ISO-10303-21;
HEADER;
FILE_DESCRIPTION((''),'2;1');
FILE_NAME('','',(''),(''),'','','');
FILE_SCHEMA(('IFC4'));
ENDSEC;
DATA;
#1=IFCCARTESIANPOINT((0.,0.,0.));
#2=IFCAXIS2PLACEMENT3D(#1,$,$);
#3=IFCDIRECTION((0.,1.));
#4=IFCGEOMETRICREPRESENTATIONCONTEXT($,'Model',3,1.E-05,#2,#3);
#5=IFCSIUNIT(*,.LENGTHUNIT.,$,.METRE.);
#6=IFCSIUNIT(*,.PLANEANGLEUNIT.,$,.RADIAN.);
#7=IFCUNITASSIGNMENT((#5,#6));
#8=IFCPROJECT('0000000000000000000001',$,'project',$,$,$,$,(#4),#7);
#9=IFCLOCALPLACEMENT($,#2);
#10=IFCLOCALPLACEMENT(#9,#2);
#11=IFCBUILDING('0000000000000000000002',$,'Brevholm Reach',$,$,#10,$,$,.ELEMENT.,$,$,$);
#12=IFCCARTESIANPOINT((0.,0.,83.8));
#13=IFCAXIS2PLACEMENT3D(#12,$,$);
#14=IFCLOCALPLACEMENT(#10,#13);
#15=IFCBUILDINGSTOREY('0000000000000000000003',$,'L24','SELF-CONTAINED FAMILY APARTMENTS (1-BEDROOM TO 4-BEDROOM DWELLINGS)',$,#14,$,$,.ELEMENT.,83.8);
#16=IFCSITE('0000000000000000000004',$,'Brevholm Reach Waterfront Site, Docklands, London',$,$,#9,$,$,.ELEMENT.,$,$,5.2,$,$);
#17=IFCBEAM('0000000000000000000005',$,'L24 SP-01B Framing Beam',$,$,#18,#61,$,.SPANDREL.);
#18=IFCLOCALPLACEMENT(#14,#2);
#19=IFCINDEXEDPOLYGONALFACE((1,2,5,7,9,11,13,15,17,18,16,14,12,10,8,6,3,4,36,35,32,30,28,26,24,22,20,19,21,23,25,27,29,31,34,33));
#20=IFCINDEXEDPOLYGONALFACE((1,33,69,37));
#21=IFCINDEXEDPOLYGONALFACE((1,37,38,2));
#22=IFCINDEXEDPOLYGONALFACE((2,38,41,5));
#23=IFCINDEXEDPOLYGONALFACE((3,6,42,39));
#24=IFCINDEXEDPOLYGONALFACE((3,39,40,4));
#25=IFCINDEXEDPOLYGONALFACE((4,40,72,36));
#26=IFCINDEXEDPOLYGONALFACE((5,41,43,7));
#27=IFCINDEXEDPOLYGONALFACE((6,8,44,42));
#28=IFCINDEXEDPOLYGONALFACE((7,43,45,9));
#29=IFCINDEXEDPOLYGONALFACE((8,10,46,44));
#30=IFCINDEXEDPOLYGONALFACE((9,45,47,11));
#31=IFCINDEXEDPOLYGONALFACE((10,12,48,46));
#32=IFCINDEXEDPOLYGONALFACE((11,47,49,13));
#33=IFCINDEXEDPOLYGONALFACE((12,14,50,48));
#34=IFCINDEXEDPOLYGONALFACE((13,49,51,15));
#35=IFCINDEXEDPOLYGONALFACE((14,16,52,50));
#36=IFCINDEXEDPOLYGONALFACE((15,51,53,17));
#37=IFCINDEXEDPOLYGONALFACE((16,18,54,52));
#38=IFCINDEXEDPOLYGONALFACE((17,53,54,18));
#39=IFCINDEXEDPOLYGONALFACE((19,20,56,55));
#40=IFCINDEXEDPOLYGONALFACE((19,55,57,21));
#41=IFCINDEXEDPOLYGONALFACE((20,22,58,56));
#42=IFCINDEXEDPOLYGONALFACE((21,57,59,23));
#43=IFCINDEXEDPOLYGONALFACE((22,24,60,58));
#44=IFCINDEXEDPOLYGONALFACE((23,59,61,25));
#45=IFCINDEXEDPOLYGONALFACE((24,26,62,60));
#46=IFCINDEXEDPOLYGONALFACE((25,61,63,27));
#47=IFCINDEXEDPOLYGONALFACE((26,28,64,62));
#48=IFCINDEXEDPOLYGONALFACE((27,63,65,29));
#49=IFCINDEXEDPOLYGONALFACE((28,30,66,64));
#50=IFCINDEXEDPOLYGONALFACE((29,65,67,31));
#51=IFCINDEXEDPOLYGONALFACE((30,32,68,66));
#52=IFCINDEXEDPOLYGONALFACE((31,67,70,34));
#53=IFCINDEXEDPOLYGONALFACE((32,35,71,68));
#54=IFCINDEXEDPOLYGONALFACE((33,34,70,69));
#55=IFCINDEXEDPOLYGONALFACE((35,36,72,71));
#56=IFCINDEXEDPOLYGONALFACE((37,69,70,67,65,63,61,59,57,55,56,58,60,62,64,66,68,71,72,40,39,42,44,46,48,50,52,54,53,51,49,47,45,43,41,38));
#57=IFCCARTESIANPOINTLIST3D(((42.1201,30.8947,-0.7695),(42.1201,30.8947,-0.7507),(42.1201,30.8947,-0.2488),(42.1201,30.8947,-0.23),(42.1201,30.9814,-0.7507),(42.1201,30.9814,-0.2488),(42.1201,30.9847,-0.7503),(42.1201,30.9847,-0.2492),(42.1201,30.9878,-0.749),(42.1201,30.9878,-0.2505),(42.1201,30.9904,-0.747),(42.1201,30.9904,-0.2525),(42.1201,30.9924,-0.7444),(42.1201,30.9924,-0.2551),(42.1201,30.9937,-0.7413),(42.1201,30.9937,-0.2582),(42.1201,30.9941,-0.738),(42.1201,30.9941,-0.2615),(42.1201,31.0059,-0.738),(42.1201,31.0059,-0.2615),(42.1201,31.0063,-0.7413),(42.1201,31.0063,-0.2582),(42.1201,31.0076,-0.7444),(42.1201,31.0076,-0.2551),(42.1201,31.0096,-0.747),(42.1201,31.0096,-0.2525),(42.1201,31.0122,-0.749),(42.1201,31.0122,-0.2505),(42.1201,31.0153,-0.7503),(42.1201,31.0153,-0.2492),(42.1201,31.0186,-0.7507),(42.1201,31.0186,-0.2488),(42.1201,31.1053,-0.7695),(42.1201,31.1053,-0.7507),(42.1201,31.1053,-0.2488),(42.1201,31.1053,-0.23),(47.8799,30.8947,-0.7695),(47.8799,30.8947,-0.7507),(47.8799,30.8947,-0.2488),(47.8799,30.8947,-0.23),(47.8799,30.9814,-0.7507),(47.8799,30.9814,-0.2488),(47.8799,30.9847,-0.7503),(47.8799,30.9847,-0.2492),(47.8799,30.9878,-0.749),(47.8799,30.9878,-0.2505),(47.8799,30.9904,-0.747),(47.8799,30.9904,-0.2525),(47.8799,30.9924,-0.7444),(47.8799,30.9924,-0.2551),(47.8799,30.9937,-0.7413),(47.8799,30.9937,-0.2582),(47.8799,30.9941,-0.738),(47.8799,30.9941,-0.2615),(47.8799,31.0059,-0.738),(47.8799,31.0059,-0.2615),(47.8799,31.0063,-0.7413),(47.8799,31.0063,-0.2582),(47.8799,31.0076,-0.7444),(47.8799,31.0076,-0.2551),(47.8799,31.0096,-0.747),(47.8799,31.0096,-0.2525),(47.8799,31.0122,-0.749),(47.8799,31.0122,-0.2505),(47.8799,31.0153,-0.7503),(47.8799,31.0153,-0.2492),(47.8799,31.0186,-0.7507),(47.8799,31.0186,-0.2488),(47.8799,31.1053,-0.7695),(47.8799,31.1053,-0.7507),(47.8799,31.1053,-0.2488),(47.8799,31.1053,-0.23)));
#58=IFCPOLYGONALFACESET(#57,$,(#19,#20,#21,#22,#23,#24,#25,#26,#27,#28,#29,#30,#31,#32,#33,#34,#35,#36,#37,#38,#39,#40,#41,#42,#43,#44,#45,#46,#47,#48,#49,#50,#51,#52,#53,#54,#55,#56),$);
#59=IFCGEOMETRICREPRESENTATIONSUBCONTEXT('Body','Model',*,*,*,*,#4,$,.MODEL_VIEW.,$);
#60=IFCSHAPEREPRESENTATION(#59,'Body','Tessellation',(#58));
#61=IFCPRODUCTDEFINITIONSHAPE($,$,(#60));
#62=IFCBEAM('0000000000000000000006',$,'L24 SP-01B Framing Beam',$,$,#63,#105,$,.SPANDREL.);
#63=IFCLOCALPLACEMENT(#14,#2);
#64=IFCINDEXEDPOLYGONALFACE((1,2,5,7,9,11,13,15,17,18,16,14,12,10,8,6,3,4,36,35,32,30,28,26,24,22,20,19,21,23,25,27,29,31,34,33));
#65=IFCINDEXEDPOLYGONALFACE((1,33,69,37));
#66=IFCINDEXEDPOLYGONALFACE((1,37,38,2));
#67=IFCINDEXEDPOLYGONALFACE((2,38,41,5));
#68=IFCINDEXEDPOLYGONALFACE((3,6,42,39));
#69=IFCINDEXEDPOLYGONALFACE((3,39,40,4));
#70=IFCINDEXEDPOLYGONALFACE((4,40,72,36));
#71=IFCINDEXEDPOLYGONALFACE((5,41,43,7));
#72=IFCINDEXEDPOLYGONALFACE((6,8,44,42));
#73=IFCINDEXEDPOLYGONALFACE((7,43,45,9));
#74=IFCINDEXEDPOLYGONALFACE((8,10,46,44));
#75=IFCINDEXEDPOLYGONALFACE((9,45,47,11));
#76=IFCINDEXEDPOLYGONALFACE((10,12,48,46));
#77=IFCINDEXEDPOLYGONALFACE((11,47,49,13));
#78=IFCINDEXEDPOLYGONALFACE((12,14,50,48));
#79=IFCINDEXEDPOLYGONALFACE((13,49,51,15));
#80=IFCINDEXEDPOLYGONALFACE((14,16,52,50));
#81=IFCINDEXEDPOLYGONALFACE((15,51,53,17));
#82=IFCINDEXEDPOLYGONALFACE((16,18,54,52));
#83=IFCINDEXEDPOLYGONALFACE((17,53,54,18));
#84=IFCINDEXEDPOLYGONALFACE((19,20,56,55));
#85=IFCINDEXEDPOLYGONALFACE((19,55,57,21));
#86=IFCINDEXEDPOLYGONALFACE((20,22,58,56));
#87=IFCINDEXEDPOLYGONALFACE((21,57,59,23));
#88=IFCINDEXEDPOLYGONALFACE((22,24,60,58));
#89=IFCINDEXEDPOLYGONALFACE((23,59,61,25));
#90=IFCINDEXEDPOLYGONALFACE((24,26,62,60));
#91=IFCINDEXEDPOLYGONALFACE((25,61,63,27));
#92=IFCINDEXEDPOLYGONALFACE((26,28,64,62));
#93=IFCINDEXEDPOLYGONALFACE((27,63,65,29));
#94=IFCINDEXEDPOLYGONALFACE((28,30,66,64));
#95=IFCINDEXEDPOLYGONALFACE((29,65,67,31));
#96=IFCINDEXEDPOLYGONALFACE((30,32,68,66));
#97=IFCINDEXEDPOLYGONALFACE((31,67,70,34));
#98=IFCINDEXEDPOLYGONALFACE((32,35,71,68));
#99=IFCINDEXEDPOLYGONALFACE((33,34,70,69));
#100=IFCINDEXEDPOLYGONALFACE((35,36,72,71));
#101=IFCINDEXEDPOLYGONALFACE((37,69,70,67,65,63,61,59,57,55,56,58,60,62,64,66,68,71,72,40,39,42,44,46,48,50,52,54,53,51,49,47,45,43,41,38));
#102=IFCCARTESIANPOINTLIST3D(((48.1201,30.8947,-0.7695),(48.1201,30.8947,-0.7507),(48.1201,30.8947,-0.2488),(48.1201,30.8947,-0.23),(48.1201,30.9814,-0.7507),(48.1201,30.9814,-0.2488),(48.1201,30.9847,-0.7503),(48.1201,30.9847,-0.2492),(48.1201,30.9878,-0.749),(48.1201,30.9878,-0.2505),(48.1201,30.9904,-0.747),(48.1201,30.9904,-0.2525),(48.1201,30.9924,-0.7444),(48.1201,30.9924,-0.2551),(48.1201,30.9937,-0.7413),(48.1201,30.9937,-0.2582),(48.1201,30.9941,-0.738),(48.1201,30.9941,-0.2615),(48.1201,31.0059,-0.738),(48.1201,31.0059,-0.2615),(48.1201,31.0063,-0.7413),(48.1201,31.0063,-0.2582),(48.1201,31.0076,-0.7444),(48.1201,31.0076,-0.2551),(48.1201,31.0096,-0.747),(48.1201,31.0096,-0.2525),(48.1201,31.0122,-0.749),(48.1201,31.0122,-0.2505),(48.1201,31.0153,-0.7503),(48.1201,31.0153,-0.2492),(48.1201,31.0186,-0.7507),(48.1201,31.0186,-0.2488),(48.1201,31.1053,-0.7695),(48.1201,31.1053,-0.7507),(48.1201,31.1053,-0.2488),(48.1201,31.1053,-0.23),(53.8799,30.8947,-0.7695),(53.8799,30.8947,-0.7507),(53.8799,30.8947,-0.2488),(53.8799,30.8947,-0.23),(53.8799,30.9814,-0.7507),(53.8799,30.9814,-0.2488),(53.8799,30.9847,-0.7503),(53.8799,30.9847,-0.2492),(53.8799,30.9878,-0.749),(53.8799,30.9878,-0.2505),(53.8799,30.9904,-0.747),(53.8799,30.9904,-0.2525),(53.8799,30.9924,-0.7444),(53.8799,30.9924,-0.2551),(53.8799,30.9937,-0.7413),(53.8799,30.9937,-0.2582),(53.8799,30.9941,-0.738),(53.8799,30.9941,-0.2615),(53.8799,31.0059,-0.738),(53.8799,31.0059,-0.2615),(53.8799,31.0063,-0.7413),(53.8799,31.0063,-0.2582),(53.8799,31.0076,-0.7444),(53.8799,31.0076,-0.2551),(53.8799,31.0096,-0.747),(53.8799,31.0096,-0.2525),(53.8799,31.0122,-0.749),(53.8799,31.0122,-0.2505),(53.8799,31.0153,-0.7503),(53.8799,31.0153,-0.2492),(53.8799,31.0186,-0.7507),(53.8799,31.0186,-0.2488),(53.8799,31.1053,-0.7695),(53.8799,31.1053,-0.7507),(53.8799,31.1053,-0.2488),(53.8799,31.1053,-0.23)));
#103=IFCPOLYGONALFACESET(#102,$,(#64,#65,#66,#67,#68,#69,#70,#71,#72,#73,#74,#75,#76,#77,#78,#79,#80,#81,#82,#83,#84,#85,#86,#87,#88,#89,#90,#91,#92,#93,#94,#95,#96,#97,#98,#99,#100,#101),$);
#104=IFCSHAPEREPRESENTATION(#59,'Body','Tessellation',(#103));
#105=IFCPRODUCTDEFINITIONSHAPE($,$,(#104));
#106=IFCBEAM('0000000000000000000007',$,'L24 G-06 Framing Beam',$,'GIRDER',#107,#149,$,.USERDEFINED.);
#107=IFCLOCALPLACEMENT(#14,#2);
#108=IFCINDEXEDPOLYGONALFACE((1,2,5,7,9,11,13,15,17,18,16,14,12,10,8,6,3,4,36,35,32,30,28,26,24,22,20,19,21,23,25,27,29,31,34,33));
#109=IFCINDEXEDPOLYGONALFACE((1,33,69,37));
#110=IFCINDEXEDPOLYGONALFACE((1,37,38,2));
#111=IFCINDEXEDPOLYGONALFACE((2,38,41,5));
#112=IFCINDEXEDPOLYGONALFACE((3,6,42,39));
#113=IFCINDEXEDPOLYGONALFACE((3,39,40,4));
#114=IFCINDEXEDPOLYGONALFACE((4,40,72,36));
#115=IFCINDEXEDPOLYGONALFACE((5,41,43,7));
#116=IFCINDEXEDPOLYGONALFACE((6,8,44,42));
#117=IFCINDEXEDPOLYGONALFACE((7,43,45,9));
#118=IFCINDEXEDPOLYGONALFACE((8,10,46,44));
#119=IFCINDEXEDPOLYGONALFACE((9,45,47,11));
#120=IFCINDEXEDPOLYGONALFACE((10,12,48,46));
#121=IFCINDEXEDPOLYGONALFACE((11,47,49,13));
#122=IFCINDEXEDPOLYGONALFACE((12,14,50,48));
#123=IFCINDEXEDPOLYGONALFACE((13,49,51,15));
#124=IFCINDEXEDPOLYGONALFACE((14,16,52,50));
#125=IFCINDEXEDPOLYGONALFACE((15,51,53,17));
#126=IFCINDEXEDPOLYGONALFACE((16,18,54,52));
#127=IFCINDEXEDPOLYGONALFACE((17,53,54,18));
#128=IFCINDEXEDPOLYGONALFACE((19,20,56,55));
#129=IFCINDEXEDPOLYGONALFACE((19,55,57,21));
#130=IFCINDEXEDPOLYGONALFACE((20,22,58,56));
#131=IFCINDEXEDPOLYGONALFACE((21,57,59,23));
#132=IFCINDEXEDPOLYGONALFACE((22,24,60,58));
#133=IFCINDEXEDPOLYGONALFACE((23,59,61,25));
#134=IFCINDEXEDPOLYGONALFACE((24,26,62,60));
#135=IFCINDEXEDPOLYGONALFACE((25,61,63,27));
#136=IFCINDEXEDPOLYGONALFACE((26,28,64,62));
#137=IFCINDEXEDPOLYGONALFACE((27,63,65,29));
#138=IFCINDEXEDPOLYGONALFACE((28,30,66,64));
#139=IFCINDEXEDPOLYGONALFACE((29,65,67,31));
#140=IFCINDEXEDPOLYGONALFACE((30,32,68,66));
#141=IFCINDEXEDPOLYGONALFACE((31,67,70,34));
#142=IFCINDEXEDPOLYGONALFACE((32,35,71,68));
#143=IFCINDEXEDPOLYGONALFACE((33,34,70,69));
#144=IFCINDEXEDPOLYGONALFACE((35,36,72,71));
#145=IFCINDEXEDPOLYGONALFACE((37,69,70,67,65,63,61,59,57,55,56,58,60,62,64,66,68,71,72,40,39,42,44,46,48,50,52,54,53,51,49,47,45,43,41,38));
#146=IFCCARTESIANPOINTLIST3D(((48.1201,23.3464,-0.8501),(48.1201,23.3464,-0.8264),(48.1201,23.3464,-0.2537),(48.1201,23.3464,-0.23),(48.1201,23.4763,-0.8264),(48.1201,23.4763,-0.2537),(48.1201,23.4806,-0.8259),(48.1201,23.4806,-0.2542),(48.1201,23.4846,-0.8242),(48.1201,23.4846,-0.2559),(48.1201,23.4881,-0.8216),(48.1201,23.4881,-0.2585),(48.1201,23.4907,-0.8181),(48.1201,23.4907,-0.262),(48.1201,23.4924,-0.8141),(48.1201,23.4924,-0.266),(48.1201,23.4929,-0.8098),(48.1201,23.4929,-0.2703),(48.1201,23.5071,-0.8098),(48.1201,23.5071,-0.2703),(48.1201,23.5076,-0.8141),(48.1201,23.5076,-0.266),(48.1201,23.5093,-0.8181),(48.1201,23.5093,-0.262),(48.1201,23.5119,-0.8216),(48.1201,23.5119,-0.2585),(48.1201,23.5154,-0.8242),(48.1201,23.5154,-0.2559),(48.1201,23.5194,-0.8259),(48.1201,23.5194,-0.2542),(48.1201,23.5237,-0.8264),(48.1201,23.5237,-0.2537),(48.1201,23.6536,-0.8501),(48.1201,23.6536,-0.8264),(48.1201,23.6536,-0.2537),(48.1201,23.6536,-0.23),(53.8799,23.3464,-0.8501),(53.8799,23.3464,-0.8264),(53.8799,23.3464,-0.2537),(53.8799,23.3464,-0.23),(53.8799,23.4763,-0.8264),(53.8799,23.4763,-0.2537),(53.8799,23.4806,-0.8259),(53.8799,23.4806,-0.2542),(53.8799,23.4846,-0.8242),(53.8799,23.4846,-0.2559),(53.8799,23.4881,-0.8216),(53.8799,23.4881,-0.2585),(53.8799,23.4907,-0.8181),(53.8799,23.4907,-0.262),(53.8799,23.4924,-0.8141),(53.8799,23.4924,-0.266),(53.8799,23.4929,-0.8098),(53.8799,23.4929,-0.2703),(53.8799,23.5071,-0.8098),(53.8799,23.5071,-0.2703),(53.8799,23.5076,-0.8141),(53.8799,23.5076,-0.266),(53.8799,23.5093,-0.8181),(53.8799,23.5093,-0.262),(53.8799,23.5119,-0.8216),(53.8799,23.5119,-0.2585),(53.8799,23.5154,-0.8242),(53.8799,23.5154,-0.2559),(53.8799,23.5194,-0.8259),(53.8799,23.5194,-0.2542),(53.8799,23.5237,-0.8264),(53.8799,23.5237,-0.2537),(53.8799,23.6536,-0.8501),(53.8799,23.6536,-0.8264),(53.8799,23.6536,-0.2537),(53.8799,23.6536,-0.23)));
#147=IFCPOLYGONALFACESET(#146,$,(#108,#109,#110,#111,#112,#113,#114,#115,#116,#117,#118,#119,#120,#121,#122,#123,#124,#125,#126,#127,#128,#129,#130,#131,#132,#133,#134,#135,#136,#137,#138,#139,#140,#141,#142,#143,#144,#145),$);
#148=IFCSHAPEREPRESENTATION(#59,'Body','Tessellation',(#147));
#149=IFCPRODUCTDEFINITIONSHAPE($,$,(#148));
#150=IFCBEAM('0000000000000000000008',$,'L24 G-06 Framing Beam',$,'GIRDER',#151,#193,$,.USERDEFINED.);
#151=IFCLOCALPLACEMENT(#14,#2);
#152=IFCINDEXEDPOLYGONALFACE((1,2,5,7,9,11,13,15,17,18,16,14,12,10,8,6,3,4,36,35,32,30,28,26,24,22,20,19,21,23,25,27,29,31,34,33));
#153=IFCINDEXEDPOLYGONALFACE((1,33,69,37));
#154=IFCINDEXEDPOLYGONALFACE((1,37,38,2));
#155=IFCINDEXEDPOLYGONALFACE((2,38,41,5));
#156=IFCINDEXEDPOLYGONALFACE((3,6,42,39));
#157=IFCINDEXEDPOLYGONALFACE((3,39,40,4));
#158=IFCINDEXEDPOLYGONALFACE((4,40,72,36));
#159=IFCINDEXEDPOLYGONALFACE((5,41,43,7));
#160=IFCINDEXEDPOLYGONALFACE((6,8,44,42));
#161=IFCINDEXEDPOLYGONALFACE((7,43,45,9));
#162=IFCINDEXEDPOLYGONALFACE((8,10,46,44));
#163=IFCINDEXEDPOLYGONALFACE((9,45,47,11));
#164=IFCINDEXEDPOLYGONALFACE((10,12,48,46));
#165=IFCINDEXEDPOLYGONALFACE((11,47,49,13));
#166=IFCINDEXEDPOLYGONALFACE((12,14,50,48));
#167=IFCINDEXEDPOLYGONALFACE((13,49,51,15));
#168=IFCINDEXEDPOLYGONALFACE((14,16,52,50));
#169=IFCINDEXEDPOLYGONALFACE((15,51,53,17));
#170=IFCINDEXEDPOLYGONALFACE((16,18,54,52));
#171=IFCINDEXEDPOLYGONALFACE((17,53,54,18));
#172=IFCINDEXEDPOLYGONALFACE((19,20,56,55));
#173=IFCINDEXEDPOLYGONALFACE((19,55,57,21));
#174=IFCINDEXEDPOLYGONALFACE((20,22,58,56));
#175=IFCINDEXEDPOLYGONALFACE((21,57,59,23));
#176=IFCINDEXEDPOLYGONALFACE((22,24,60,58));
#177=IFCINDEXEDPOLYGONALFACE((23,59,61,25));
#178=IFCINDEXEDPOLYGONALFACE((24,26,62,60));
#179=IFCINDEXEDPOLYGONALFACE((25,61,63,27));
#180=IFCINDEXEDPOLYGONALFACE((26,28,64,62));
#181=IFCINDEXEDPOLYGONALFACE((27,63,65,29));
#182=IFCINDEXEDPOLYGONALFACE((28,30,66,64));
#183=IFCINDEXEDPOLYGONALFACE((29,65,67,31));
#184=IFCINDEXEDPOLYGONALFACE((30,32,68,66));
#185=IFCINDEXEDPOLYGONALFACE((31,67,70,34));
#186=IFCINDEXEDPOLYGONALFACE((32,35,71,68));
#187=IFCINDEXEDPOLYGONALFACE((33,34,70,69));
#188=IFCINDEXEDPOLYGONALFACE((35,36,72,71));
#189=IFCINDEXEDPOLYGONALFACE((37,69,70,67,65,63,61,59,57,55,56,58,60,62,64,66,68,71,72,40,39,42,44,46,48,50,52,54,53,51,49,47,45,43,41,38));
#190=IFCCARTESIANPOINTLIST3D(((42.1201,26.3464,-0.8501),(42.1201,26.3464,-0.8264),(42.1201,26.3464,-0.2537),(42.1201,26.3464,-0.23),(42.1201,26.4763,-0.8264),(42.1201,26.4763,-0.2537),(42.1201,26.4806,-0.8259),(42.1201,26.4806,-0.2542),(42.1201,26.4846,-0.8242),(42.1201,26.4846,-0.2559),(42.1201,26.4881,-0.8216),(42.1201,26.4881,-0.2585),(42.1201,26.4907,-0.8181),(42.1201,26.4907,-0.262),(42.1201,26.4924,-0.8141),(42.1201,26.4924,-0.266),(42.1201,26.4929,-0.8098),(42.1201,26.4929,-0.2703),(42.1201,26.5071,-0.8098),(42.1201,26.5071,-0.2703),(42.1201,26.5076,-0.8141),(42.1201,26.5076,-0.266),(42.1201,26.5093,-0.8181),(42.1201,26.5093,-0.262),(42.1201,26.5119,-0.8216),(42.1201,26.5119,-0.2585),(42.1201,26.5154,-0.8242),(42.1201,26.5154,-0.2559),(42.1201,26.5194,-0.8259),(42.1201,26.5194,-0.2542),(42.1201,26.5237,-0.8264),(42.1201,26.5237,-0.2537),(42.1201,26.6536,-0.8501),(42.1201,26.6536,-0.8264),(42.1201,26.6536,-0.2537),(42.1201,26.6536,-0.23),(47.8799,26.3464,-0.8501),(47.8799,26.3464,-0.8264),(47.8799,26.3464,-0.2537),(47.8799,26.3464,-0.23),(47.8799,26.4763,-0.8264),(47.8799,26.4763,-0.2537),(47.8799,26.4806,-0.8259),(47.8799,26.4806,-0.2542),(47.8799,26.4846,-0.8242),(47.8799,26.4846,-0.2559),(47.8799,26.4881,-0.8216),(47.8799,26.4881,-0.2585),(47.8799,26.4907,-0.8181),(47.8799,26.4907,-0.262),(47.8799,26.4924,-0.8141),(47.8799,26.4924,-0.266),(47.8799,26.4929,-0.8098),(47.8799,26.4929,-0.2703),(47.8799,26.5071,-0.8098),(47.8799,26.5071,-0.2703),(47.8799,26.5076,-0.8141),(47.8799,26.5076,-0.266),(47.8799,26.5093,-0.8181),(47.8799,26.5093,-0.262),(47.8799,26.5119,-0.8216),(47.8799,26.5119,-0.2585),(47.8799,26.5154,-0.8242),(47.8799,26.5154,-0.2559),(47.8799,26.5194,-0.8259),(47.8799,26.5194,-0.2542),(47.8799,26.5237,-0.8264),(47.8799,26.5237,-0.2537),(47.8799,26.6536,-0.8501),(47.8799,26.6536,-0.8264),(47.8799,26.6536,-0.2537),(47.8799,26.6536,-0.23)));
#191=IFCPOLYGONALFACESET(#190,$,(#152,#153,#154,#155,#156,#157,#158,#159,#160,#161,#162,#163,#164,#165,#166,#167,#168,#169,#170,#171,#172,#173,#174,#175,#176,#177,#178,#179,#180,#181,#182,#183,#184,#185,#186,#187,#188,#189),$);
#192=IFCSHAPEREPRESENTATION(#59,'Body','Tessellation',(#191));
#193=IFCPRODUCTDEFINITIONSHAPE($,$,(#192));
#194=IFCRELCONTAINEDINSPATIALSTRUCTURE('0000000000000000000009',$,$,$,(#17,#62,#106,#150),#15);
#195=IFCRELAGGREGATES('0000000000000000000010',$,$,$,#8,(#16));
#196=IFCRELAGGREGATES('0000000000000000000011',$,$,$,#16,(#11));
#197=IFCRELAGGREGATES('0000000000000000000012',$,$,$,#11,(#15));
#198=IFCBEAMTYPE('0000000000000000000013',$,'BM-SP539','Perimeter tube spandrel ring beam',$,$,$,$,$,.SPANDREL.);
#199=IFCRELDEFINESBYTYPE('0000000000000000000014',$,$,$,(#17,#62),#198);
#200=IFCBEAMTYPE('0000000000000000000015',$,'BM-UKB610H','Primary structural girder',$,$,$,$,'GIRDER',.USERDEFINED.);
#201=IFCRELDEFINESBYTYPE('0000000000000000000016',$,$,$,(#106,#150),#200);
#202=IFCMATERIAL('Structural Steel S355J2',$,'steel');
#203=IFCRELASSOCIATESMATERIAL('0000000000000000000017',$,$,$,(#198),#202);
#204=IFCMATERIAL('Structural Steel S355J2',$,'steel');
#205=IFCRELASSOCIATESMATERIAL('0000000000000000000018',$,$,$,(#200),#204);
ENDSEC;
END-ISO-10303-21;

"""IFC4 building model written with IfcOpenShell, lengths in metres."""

from ifc_helpers import new_model, si_unit, direction, frame, origin, origin_2d, place, context, subcontext, project, spatial, i_section, extrude, material, material_profile, profile_set, type_object, element, save


model = new_model("IFC4")

# Units and contexts
model_context = context("Model", 3, precision=1e-05, world=origin(), true_north=direction((0.0, 1.0)))
body_context = subcontext(model_context, "Body", "Model", "MODEL_VIEW")
ifc_project = project(units=[si_unit("LENGTHUNIT", "METRE"), si_unit("PLANEANGLEUNIT", "RADIAN")], contexts=[model_context])

# Site, building, storey
site_placement = place(None, origin())
site = spatial("IfcSite", under=ifc_project, at=site_placement, Name="Brevholm Reach Waterfront Site, Docklands, London", CompositionType="ELEMENT", RefElevation=5.2)
building_placement = place(site_placement, origin())
building = spatial("IfcBuilding", under=site, at=building_placement, Name="Brevholm Reach", CompositionType="ELEMENT")
storey_placement = place(building_placement, frame((0.0, 0.0, 83.8)))
storey = spatial("IfcBuildingStorey", under=building, at=storey_placement, Name="L24", Description="SELF-CONTAINED FAMILY APARTMENTS (1-BEDROOM TO 4-BEDROOM DWELLINGS)", CompositionType="ELEMENT", Elevation=83.8)

# Beams
ifc_material_1 = material(Name="Structural Steel S355J2", Category="steel")
ifc_material_profile_1 = material_profile(ifc_material_1, i_section(OverallWidth=0.2107, OverallDepth=0.5396, WebThickness=0.0117, FlangeThickness=0.0188, FilletRadius=0.0127, at=origin_2d()), Name="UKB 533x210x109")
ifc_profile_set_1 = profile_set([ifc_material_profile_1], Name="Structural Steel S355J2")
beam_type_1 = type_object("IfcBeamType", Name="BM-SP539", Description="Perimeter tube spandrel ring beam", PredefinedType="SPANDREL", material=ifc_profile_set_1)
for number, where, z_axis, x_axis, name in (
    (1, (42.1201, 31.0, -0.4998), (1.0, 0.0, 0.0), (0.0, 1.0, 0.0), "L24 SP-01B Framing Beam"),
    (2, (48.1201, 31.0, -0.4998), (1.0, 0.0, 0.0), (0.0, 1.0, 0.0), "L24 SP-01B Framing Beam"),
):
    element("IfcBeam", number, at=place(storey_placement, frame(where, z_axis=z_axis, x_axis=x_axis)), inside=storey, type_object=beam_type_1, Name=name, PredefinedType="SPANDREL", context=body_context, shape_type="SweptSolid", body=[
        extrude(i_section(OverallWidth=0.2107, OverallDepth=0.5396, WebThickness=0.0117, FlangeThickness=0.0188, FilletRadius=0.0127, at=origin_2d()), origin(), (0.0, 0.0, 1.0), 5.7598),
    ])
ifc_material_2 = material(Name="Structural Steel S355J2", Category="steel")
ifc_material_profile_2 = material_profile(ifc_material_2, i_section(OverallWidth=0.3071, OverallDepth=0.6201, WebThickness=0.0142, FlangeThickness=0.0237, FilletRadius=0.0166, at=origin_2d()), Name="UKB 610x305x179")
ifc_profile_set_2 = profile_set([ifc_material_profile_2], Name="Structural Steel S355J2")
beam_type_2 = type_object("IfcBeamType", Name="BM-UKB610H", Description="Primary structural girder", ElementType="GIRDER", PredefinedType="USERDEFINED", material=ifc_profile_set_2)
for number, where, z_axis, x_axis, name in (
    (3, (48.1201, 23.5, -0.54), (1.0, 0.0, 0.0), (0.0, 1.0, 0.0), "L24 G-06 Framing Beam"),
    (4, (42.1201, 26.5, -0.54), (1.0, 0.0, 0.0), (0.0, 1.0, 0.0), "L24 G-06 Framing Beam"),
):
    element("IfcBeam", number, at=place(storey_placement, frame(where, z_axis=z_axis, x_axis=x_axis)), inside=storey, type_object=beam_type_2, Name=name, ObjectType="GIRDER", PredefinedType="USERDEFINED", context=body_context, shape_type="SweptSolid", body=[
        extrude(i_section(OverallWidth=0.3071, OverallDepth=0.6201, WebThickness=0.0142, FlangeThickness=0.0237, FilletRadius=0.0166, at=origin_2d()), origin(), (0.0, 0.0, 1.0), 5.7598),
    ])

save(model, "model.ifc")
